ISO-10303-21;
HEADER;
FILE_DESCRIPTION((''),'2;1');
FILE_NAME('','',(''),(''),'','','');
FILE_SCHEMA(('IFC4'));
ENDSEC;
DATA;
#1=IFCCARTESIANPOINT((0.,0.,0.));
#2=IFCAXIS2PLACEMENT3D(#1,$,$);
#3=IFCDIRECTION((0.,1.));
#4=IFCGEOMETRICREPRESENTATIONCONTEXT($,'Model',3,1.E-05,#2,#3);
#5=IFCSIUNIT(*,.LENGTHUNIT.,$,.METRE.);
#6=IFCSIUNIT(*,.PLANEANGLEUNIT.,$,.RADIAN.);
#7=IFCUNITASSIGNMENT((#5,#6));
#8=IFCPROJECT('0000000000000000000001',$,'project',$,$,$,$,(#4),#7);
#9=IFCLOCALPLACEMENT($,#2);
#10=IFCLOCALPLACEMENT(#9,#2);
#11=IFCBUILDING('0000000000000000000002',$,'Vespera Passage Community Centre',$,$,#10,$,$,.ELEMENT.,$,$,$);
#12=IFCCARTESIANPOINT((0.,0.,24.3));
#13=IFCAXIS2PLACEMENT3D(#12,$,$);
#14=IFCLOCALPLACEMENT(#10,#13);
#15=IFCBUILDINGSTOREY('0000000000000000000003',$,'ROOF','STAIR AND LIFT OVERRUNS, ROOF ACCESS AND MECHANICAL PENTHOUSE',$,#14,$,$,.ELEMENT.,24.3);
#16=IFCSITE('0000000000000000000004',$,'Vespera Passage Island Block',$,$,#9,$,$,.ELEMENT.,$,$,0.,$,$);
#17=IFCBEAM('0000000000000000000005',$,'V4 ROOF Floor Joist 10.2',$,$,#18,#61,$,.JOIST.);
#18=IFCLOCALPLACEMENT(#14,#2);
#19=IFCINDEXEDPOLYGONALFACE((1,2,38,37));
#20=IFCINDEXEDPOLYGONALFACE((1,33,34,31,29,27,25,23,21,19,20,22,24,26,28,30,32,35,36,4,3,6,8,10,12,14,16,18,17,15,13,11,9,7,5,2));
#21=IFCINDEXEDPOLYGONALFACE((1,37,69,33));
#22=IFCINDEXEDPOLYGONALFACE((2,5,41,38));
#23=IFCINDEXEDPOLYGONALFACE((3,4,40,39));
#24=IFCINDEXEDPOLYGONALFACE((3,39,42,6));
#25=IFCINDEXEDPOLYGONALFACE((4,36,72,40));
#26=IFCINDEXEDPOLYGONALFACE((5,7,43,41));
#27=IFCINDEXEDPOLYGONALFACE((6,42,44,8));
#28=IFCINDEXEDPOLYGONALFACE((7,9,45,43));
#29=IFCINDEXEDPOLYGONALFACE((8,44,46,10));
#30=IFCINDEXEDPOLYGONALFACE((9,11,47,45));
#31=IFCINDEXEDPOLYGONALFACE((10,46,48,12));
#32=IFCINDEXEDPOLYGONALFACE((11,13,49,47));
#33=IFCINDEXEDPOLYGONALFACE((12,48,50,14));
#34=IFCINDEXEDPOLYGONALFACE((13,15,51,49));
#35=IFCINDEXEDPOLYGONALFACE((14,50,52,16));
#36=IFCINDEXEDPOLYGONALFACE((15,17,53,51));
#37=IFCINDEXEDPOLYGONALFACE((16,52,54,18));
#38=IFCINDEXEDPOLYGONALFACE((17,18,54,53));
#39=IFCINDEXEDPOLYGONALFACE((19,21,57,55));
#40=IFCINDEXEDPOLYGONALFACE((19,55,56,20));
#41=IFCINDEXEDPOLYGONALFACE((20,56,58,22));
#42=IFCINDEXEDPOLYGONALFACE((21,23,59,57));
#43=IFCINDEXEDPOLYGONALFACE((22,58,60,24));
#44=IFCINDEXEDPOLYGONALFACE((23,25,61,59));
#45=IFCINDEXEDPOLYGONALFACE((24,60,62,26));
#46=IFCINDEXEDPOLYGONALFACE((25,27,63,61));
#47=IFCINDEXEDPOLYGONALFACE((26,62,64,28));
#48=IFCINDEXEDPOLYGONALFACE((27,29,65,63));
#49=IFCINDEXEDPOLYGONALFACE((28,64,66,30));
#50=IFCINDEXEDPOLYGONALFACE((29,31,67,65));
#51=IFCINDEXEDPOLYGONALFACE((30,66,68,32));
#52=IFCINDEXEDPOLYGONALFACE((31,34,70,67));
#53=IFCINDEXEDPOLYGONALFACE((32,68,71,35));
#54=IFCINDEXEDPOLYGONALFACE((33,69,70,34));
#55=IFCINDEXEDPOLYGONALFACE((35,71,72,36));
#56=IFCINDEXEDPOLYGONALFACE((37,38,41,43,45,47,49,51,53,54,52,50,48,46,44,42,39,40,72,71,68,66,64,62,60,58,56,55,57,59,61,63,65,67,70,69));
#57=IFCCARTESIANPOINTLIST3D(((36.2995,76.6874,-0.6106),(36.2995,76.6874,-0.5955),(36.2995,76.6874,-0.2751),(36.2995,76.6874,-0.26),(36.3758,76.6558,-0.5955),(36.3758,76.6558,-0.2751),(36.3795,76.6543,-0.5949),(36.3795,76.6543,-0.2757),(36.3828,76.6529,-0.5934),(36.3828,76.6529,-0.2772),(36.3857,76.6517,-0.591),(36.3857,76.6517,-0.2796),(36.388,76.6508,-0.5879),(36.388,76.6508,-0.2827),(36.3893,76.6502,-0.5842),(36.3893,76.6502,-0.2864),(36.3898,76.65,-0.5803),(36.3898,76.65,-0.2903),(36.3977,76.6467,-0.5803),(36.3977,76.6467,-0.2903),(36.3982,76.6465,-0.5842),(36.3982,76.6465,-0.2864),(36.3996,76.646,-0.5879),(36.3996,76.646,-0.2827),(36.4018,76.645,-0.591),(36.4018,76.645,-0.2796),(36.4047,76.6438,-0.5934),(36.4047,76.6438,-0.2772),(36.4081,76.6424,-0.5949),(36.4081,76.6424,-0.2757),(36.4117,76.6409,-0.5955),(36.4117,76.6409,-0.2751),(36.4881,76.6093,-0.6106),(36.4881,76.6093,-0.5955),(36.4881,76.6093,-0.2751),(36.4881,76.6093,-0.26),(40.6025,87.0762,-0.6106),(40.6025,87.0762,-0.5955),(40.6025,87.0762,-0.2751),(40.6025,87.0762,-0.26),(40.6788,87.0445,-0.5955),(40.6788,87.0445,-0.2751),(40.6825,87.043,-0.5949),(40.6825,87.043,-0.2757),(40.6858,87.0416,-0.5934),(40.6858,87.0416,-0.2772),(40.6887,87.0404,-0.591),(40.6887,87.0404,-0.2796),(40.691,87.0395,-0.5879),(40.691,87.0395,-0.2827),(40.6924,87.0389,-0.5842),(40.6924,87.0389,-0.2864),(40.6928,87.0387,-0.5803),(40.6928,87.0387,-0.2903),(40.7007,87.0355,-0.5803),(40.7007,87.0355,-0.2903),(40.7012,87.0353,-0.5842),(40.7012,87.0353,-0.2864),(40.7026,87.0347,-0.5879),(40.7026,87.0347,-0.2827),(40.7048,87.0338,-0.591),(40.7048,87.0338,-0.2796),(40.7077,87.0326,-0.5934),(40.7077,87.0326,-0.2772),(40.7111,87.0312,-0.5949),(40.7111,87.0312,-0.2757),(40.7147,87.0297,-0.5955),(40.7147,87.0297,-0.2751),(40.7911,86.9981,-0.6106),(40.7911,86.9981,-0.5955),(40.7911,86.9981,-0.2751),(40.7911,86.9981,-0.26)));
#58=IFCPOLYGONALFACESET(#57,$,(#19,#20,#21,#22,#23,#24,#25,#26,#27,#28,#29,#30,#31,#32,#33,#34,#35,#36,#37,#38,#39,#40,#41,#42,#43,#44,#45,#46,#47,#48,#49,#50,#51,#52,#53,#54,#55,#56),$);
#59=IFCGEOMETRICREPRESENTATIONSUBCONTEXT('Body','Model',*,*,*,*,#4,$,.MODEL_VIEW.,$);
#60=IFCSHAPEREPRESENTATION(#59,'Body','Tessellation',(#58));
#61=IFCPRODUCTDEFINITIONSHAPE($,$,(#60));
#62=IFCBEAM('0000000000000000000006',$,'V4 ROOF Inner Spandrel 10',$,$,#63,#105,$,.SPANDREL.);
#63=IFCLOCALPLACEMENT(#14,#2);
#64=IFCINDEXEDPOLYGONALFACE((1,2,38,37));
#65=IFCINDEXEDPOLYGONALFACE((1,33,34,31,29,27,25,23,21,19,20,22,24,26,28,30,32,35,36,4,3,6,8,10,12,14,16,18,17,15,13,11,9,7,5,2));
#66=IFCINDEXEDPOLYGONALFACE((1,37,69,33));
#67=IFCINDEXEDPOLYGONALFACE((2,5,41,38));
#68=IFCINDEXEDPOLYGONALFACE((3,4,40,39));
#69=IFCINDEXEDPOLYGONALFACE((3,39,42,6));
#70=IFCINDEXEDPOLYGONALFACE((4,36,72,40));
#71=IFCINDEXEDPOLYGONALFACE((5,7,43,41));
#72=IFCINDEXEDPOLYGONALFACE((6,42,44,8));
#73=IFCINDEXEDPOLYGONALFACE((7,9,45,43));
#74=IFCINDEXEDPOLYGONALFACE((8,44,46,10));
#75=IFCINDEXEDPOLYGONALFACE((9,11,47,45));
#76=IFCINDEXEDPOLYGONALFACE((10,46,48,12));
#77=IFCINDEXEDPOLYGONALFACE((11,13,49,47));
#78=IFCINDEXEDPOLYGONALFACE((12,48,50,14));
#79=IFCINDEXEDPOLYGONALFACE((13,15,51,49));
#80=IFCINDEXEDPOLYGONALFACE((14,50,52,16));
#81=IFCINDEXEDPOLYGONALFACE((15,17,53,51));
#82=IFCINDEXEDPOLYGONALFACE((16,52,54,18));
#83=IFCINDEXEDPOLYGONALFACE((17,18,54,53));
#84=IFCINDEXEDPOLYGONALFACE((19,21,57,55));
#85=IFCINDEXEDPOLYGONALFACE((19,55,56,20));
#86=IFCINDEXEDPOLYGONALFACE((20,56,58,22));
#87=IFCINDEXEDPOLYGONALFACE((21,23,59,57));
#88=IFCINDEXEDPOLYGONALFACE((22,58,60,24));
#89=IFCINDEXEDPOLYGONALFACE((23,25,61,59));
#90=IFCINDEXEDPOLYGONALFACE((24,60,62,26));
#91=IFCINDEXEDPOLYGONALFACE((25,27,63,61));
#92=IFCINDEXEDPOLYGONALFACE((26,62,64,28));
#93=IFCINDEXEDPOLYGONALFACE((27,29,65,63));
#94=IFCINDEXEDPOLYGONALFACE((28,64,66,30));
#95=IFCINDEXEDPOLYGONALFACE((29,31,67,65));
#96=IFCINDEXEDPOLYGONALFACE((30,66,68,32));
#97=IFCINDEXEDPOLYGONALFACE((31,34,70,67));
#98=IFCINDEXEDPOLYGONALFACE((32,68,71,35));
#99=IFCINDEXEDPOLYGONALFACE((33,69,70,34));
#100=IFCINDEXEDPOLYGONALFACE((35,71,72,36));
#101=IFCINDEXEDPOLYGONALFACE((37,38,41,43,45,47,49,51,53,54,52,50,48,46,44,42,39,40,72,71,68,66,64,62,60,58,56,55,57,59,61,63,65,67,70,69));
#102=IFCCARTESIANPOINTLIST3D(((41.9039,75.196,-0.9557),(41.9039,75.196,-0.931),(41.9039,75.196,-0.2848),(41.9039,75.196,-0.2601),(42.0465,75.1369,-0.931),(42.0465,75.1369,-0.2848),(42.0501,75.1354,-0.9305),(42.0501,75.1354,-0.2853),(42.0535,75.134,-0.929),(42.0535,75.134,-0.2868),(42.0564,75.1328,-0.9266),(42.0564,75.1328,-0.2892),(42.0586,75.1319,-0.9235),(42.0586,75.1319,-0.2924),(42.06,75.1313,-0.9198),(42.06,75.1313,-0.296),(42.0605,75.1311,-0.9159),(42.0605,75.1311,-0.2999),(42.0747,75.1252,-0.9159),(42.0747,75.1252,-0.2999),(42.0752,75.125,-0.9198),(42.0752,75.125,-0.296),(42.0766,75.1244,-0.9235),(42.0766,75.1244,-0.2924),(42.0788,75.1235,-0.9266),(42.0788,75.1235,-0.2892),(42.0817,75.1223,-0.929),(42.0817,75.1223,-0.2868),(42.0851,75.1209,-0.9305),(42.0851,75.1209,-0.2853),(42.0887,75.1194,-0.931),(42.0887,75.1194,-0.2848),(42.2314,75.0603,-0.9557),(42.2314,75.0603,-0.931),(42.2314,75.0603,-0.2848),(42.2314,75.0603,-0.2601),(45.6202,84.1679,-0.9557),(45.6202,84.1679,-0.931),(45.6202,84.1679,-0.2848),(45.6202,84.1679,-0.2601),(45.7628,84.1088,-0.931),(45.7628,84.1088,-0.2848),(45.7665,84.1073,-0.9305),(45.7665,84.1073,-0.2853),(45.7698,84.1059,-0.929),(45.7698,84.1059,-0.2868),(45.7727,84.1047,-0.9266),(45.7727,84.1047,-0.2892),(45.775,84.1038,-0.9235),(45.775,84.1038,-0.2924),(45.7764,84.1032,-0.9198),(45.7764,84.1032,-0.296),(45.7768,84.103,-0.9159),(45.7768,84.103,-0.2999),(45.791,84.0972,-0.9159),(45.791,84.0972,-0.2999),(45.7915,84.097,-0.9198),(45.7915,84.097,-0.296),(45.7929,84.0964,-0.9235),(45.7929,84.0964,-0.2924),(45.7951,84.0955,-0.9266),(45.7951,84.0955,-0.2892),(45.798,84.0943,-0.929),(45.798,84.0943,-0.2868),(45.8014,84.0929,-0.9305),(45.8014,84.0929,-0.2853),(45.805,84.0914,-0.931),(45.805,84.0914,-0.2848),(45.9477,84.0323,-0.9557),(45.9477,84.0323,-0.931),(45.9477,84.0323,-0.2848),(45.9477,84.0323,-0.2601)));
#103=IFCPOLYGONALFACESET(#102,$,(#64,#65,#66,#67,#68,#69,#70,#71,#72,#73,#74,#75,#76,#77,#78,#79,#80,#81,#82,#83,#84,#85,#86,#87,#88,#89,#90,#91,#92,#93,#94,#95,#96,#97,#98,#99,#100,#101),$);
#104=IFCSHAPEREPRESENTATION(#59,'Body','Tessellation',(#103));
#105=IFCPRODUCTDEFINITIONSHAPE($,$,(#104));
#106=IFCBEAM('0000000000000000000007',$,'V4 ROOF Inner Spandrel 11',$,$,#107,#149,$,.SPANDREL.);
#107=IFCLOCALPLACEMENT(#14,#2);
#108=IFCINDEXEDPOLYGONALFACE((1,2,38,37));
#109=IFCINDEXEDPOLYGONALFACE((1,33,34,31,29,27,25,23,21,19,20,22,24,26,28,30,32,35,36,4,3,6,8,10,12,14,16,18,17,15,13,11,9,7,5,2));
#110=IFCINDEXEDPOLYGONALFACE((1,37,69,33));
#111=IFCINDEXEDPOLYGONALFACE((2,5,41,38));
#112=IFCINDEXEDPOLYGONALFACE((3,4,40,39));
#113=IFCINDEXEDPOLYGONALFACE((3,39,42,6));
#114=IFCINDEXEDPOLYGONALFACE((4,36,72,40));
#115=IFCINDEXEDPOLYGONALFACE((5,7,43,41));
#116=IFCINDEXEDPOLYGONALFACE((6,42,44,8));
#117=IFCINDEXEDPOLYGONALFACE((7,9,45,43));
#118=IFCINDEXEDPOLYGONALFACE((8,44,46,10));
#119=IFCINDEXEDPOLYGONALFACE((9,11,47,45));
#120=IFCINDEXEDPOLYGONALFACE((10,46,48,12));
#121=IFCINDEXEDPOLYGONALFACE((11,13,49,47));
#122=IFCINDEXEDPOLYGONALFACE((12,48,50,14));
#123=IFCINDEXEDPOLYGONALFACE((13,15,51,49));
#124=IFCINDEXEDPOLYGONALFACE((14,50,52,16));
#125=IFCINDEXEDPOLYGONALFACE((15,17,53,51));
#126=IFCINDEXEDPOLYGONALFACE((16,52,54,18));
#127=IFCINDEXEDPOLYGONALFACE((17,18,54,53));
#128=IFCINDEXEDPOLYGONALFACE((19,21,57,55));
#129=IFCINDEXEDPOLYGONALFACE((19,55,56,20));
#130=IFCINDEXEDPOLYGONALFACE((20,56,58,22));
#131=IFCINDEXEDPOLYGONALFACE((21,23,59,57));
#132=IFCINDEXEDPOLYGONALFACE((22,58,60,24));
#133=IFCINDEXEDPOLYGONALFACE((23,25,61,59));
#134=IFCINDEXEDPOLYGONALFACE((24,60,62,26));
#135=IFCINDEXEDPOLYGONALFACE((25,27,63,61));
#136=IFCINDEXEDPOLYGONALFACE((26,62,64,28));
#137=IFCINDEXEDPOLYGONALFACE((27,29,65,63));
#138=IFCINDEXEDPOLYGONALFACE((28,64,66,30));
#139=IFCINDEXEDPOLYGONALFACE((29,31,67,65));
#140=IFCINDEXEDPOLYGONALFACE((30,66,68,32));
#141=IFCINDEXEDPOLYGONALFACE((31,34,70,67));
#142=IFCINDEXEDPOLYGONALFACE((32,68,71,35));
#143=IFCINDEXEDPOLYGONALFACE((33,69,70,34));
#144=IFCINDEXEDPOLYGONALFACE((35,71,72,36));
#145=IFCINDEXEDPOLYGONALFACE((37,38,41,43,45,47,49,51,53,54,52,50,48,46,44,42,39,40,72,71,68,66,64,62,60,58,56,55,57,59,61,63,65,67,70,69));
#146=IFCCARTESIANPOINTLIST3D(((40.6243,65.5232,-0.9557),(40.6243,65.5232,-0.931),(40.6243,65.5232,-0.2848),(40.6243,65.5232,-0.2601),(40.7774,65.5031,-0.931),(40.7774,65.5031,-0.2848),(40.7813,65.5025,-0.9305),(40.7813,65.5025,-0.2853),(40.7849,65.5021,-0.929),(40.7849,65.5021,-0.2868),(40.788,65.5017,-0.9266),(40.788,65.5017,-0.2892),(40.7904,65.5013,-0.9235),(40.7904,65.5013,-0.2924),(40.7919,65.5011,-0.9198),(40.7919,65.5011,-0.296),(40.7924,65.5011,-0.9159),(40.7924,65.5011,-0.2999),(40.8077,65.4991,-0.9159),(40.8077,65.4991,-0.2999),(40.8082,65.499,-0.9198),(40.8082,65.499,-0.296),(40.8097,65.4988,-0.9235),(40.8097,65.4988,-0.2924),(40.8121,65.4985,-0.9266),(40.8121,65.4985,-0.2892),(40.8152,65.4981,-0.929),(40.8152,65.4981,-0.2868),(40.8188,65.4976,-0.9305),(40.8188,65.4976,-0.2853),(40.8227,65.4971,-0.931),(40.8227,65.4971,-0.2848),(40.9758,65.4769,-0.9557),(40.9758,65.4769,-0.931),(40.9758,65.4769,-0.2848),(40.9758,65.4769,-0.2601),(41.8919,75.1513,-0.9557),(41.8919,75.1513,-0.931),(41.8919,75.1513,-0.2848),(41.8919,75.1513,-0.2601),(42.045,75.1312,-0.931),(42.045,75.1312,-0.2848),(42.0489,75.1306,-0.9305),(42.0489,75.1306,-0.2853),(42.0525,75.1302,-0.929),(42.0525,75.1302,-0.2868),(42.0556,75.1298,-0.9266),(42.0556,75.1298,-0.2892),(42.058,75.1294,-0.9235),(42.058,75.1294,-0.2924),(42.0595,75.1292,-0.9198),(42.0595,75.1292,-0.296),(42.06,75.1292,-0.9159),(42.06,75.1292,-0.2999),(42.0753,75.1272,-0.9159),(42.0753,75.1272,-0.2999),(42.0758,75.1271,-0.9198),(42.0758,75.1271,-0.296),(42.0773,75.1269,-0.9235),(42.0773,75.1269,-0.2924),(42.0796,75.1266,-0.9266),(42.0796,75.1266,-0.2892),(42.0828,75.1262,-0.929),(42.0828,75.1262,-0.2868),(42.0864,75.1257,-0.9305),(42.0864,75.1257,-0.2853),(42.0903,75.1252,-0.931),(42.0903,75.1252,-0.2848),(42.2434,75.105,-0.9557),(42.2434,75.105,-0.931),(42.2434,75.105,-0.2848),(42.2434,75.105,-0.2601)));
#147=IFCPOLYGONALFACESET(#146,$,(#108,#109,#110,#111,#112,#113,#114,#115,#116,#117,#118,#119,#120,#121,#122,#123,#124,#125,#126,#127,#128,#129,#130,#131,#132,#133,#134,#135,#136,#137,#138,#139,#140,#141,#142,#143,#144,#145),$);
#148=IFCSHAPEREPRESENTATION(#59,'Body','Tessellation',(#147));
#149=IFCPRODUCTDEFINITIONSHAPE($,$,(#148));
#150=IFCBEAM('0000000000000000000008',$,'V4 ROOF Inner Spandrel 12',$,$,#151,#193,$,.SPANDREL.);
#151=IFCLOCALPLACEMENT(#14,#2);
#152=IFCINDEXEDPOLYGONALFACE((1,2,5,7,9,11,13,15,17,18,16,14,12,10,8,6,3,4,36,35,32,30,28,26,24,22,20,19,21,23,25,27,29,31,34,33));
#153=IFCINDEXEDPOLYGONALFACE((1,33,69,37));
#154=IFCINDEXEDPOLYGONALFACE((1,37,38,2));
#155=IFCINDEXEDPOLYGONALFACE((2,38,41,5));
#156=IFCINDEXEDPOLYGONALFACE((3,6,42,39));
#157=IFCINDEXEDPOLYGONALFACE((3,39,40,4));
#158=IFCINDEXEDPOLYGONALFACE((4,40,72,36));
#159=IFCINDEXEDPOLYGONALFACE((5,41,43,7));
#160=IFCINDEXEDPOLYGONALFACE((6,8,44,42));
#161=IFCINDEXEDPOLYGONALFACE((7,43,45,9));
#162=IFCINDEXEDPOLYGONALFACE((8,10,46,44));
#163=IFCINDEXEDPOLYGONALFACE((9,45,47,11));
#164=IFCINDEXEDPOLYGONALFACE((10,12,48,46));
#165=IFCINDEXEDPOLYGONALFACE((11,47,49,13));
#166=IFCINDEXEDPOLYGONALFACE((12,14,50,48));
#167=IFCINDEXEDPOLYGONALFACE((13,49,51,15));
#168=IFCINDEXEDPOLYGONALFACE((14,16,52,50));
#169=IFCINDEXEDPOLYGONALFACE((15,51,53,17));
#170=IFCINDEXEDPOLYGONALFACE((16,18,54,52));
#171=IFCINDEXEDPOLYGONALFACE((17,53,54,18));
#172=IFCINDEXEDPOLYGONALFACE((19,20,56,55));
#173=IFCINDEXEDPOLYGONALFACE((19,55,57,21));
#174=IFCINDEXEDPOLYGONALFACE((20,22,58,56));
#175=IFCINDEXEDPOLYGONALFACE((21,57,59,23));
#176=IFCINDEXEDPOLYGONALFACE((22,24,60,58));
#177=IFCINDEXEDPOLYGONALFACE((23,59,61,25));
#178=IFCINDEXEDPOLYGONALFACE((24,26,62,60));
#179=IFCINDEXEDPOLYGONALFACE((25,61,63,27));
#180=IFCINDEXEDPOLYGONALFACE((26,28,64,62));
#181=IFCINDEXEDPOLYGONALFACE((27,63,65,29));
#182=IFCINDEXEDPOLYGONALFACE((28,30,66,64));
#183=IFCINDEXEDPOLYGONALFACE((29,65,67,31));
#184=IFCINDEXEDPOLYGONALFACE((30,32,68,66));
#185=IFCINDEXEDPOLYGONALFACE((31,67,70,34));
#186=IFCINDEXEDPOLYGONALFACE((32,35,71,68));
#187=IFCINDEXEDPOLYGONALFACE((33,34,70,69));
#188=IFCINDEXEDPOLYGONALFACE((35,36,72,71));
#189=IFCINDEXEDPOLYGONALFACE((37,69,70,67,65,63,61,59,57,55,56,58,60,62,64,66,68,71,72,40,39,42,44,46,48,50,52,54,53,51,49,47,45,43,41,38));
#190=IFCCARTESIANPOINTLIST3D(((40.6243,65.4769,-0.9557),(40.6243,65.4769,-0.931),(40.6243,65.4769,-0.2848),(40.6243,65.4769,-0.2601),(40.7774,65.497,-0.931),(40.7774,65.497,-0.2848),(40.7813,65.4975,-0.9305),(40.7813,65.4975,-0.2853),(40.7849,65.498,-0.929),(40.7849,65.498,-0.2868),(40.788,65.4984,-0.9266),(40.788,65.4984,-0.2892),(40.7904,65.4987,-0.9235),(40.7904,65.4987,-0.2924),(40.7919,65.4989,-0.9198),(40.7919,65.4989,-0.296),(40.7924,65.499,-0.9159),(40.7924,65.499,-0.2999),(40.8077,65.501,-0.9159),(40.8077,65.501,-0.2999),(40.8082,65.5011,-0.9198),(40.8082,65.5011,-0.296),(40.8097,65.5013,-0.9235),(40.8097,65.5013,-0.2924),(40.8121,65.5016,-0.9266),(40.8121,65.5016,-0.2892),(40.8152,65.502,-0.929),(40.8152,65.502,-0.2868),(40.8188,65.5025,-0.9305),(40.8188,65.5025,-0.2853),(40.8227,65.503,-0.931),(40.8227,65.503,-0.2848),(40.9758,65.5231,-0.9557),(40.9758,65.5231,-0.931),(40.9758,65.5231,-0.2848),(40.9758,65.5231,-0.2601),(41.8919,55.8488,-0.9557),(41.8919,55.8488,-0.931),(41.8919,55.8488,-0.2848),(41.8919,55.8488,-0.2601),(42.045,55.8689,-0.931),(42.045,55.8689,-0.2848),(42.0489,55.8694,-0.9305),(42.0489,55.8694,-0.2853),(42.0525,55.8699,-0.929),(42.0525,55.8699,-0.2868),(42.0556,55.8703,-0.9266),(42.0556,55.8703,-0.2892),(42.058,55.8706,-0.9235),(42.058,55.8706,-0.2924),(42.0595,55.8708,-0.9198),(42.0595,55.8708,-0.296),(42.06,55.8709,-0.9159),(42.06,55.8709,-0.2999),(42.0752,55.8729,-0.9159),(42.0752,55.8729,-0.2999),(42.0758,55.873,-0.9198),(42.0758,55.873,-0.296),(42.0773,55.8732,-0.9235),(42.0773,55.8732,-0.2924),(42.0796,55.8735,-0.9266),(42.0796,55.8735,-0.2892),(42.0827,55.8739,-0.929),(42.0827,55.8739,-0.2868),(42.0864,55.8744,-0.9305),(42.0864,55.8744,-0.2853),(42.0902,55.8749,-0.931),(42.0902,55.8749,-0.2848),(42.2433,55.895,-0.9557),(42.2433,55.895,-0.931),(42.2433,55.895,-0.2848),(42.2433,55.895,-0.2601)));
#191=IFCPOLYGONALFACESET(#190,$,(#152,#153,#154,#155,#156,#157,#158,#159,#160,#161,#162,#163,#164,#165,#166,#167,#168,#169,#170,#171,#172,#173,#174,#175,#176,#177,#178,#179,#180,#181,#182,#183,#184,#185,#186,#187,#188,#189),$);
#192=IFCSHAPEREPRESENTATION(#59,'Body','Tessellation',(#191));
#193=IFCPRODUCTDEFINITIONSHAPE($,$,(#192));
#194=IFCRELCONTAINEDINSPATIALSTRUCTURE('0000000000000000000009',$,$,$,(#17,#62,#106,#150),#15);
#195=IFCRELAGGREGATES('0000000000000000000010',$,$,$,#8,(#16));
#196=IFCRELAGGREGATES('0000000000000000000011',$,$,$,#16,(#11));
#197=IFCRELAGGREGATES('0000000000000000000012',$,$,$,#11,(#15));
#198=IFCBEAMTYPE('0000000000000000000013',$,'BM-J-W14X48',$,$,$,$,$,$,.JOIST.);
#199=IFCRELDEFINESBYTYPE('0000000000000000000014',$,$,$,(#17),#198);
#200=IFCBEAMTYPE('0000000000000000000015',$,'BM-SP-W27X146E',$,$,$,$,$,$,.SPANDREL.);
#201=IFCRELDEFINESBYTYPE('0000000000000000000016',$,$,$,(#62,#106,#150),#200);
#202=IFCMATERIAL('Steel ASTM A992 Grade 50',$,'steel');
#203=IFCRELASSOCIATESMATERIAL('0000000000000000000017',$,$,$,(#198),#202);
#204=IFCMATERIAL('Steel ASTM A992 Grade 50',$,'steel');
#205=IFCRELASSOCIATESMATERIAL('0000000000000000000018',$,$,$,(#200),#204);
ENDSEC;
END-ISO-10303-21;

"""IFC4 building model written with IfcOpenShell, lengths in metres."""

from ifc_helpers import new_model, si_unit, direction, frame, origin, origin_2d, place, context, subcontext, project, spatial, i_section, extrude, material, material_profile, profile_set, type_object, element, save


model = new_model("IFC4")

# Units and contexts
model_context = context("Model", 3, precision=1e-05, world=origin(), true_north=direction((0.0, 1.0)))
body_context = subcontext(model_context, "Body", "Model", "MODEL_VIEW")
ifc_project = project(units=[si_unit("LENGTHUNIT", "METRE"), si_unit("PLANEANGLEUNIT", "RADIAN")], contexts=[model_context])

# Site, building, storey
site_placement = place(None, origin())
site = spatial("IfcSite", under=ifc_project, at=site_placement, Name="Vespera Passage Island Block", CompositionType="ELEMENT", RefElevation=0.0)
building_placement = place(site_placement, origin())
building = spatial("IfcBuilding", under=site, at=building_placement, Name="Vespera Passage Community Centre", CompositionType="ELEMENT")
storey_placement = place(building_placement, frame((0.0, 0.0, 24.3)))
storey = spatial("IfcBuildingStorey", under=building, at=storey_placement, Name="ROOF", Description="STAIR AND LIFT OVERRUNS, ROOF ACCESS AND MECHANICAL PENTHOUSE", CompositionType="ELEMENT", Elevation=24.3)

# Beams
ifc_material_1 = material(Name="Steel ASTM A992 Grade 50", Category="steel")
ifc_material_profile_1 = material_profile(ifc_material_1, i_section(OverallWidth=0.2041, OverallDepth=0.3506, WebThickness=0.0085, FlangeThickness=0.0151, FilletRadius=0.0151, at=origin_2d()), Name="W14X48")
ifc_profile_set_1 = profile_set([ifc_material_profile_1], Name="Steel ASTM A992 Grade 50")
beam_type_1 = type_object("IfcBeamType", Name="BM-J-W14X48", PredefinedType="JOIST", material=ifc_profile_set_1)
beam_1_placement = place(storey_placement, frame((40.6968, 87.0371, -0.4353), z_axis=(-0.382672, -0.923884, 0.0), x_axis=(0.923884, -0.382672, 0.0)))
element("IfcBeam", 1, at=beam_1_placement, inside=storey, type_object=beam_type_1, Name="V4 ROOF Floor Joist 10.2", PredefinedType="JOIST", context=body_context, shape_type="SweptSolid", body=[
    extrude(i_section(OverallWidth=0.2041, OverallDepth=0.3506, WebThickness=0.0085, FlangeThickness=0.0151, FilletRadius=0.0151, at=origin_2d()), origin(), (0.0, 0.0, 1.0), 11.2446),
])
ifc_material_2 = material(Name="Steel ASTM A992 Grade 50", Category="steel")
ifc_material_profile_2 = material_profile(ifc_material_2, i_section(OverallWidth=0.3545, OverallDepth=0.6956, WebThickness=0.0154, FlangeThickness=0.0247, FilletRadius=0.0151, at=origin_2d()), Name="W27X146")
ifc_profile_set_2 = profile_set([ifc_material_profile_2], Name="Steel ASTM A992 Grade 50")
beam_type_2 = type_object("IfcBeamType", Name="BM-SP-W27X146E", PredefinedType="SPANDREL", material=ifc_profile_set_2)
for number, where, z_axis, x_axis, name in (
    (2, (45.7839, 84.1001, -0.6079), (-0.382685, -0.923879, 0.0), (0.923879, -0.382685, 0.0), "V4 ROOF Inner Spandrel 10"),
    (3, (42.0676, 75.1282, -0.6079), (-0.130527, -0.991445, 0.0), (0.991445, -0.130527, 0.0), "V4 ROOF Inner Spandrel 11"),
    (4, (40.8, 65.5, -0.6079), (0.130527, -0.991445, 0.0), (0.991445, 0.130527, 0.0), "V4 ROOF Inner Spandrel 12"),
):
    element("IfcBeam", number, at=place(storey_placement, frame(where, z_axis=z_axis, x_axis=x_axis)), inside=storey, type_object=beam_type_2, Name=name, PredefinedType="SPANDREL", context=body_context, shape_type="SweptSolid", body=[
        extrude(i_section(OverallWidth=0.3545, OverallDepth=0.6956, WebThickness=0.0154, FlangeThickness=0.0247, FilletRadius=0.0151, at=origin_2d()), origin(), (0.0, 0.0, 1.0), 9.7112),
    ])

save(model, "model.ifc")
